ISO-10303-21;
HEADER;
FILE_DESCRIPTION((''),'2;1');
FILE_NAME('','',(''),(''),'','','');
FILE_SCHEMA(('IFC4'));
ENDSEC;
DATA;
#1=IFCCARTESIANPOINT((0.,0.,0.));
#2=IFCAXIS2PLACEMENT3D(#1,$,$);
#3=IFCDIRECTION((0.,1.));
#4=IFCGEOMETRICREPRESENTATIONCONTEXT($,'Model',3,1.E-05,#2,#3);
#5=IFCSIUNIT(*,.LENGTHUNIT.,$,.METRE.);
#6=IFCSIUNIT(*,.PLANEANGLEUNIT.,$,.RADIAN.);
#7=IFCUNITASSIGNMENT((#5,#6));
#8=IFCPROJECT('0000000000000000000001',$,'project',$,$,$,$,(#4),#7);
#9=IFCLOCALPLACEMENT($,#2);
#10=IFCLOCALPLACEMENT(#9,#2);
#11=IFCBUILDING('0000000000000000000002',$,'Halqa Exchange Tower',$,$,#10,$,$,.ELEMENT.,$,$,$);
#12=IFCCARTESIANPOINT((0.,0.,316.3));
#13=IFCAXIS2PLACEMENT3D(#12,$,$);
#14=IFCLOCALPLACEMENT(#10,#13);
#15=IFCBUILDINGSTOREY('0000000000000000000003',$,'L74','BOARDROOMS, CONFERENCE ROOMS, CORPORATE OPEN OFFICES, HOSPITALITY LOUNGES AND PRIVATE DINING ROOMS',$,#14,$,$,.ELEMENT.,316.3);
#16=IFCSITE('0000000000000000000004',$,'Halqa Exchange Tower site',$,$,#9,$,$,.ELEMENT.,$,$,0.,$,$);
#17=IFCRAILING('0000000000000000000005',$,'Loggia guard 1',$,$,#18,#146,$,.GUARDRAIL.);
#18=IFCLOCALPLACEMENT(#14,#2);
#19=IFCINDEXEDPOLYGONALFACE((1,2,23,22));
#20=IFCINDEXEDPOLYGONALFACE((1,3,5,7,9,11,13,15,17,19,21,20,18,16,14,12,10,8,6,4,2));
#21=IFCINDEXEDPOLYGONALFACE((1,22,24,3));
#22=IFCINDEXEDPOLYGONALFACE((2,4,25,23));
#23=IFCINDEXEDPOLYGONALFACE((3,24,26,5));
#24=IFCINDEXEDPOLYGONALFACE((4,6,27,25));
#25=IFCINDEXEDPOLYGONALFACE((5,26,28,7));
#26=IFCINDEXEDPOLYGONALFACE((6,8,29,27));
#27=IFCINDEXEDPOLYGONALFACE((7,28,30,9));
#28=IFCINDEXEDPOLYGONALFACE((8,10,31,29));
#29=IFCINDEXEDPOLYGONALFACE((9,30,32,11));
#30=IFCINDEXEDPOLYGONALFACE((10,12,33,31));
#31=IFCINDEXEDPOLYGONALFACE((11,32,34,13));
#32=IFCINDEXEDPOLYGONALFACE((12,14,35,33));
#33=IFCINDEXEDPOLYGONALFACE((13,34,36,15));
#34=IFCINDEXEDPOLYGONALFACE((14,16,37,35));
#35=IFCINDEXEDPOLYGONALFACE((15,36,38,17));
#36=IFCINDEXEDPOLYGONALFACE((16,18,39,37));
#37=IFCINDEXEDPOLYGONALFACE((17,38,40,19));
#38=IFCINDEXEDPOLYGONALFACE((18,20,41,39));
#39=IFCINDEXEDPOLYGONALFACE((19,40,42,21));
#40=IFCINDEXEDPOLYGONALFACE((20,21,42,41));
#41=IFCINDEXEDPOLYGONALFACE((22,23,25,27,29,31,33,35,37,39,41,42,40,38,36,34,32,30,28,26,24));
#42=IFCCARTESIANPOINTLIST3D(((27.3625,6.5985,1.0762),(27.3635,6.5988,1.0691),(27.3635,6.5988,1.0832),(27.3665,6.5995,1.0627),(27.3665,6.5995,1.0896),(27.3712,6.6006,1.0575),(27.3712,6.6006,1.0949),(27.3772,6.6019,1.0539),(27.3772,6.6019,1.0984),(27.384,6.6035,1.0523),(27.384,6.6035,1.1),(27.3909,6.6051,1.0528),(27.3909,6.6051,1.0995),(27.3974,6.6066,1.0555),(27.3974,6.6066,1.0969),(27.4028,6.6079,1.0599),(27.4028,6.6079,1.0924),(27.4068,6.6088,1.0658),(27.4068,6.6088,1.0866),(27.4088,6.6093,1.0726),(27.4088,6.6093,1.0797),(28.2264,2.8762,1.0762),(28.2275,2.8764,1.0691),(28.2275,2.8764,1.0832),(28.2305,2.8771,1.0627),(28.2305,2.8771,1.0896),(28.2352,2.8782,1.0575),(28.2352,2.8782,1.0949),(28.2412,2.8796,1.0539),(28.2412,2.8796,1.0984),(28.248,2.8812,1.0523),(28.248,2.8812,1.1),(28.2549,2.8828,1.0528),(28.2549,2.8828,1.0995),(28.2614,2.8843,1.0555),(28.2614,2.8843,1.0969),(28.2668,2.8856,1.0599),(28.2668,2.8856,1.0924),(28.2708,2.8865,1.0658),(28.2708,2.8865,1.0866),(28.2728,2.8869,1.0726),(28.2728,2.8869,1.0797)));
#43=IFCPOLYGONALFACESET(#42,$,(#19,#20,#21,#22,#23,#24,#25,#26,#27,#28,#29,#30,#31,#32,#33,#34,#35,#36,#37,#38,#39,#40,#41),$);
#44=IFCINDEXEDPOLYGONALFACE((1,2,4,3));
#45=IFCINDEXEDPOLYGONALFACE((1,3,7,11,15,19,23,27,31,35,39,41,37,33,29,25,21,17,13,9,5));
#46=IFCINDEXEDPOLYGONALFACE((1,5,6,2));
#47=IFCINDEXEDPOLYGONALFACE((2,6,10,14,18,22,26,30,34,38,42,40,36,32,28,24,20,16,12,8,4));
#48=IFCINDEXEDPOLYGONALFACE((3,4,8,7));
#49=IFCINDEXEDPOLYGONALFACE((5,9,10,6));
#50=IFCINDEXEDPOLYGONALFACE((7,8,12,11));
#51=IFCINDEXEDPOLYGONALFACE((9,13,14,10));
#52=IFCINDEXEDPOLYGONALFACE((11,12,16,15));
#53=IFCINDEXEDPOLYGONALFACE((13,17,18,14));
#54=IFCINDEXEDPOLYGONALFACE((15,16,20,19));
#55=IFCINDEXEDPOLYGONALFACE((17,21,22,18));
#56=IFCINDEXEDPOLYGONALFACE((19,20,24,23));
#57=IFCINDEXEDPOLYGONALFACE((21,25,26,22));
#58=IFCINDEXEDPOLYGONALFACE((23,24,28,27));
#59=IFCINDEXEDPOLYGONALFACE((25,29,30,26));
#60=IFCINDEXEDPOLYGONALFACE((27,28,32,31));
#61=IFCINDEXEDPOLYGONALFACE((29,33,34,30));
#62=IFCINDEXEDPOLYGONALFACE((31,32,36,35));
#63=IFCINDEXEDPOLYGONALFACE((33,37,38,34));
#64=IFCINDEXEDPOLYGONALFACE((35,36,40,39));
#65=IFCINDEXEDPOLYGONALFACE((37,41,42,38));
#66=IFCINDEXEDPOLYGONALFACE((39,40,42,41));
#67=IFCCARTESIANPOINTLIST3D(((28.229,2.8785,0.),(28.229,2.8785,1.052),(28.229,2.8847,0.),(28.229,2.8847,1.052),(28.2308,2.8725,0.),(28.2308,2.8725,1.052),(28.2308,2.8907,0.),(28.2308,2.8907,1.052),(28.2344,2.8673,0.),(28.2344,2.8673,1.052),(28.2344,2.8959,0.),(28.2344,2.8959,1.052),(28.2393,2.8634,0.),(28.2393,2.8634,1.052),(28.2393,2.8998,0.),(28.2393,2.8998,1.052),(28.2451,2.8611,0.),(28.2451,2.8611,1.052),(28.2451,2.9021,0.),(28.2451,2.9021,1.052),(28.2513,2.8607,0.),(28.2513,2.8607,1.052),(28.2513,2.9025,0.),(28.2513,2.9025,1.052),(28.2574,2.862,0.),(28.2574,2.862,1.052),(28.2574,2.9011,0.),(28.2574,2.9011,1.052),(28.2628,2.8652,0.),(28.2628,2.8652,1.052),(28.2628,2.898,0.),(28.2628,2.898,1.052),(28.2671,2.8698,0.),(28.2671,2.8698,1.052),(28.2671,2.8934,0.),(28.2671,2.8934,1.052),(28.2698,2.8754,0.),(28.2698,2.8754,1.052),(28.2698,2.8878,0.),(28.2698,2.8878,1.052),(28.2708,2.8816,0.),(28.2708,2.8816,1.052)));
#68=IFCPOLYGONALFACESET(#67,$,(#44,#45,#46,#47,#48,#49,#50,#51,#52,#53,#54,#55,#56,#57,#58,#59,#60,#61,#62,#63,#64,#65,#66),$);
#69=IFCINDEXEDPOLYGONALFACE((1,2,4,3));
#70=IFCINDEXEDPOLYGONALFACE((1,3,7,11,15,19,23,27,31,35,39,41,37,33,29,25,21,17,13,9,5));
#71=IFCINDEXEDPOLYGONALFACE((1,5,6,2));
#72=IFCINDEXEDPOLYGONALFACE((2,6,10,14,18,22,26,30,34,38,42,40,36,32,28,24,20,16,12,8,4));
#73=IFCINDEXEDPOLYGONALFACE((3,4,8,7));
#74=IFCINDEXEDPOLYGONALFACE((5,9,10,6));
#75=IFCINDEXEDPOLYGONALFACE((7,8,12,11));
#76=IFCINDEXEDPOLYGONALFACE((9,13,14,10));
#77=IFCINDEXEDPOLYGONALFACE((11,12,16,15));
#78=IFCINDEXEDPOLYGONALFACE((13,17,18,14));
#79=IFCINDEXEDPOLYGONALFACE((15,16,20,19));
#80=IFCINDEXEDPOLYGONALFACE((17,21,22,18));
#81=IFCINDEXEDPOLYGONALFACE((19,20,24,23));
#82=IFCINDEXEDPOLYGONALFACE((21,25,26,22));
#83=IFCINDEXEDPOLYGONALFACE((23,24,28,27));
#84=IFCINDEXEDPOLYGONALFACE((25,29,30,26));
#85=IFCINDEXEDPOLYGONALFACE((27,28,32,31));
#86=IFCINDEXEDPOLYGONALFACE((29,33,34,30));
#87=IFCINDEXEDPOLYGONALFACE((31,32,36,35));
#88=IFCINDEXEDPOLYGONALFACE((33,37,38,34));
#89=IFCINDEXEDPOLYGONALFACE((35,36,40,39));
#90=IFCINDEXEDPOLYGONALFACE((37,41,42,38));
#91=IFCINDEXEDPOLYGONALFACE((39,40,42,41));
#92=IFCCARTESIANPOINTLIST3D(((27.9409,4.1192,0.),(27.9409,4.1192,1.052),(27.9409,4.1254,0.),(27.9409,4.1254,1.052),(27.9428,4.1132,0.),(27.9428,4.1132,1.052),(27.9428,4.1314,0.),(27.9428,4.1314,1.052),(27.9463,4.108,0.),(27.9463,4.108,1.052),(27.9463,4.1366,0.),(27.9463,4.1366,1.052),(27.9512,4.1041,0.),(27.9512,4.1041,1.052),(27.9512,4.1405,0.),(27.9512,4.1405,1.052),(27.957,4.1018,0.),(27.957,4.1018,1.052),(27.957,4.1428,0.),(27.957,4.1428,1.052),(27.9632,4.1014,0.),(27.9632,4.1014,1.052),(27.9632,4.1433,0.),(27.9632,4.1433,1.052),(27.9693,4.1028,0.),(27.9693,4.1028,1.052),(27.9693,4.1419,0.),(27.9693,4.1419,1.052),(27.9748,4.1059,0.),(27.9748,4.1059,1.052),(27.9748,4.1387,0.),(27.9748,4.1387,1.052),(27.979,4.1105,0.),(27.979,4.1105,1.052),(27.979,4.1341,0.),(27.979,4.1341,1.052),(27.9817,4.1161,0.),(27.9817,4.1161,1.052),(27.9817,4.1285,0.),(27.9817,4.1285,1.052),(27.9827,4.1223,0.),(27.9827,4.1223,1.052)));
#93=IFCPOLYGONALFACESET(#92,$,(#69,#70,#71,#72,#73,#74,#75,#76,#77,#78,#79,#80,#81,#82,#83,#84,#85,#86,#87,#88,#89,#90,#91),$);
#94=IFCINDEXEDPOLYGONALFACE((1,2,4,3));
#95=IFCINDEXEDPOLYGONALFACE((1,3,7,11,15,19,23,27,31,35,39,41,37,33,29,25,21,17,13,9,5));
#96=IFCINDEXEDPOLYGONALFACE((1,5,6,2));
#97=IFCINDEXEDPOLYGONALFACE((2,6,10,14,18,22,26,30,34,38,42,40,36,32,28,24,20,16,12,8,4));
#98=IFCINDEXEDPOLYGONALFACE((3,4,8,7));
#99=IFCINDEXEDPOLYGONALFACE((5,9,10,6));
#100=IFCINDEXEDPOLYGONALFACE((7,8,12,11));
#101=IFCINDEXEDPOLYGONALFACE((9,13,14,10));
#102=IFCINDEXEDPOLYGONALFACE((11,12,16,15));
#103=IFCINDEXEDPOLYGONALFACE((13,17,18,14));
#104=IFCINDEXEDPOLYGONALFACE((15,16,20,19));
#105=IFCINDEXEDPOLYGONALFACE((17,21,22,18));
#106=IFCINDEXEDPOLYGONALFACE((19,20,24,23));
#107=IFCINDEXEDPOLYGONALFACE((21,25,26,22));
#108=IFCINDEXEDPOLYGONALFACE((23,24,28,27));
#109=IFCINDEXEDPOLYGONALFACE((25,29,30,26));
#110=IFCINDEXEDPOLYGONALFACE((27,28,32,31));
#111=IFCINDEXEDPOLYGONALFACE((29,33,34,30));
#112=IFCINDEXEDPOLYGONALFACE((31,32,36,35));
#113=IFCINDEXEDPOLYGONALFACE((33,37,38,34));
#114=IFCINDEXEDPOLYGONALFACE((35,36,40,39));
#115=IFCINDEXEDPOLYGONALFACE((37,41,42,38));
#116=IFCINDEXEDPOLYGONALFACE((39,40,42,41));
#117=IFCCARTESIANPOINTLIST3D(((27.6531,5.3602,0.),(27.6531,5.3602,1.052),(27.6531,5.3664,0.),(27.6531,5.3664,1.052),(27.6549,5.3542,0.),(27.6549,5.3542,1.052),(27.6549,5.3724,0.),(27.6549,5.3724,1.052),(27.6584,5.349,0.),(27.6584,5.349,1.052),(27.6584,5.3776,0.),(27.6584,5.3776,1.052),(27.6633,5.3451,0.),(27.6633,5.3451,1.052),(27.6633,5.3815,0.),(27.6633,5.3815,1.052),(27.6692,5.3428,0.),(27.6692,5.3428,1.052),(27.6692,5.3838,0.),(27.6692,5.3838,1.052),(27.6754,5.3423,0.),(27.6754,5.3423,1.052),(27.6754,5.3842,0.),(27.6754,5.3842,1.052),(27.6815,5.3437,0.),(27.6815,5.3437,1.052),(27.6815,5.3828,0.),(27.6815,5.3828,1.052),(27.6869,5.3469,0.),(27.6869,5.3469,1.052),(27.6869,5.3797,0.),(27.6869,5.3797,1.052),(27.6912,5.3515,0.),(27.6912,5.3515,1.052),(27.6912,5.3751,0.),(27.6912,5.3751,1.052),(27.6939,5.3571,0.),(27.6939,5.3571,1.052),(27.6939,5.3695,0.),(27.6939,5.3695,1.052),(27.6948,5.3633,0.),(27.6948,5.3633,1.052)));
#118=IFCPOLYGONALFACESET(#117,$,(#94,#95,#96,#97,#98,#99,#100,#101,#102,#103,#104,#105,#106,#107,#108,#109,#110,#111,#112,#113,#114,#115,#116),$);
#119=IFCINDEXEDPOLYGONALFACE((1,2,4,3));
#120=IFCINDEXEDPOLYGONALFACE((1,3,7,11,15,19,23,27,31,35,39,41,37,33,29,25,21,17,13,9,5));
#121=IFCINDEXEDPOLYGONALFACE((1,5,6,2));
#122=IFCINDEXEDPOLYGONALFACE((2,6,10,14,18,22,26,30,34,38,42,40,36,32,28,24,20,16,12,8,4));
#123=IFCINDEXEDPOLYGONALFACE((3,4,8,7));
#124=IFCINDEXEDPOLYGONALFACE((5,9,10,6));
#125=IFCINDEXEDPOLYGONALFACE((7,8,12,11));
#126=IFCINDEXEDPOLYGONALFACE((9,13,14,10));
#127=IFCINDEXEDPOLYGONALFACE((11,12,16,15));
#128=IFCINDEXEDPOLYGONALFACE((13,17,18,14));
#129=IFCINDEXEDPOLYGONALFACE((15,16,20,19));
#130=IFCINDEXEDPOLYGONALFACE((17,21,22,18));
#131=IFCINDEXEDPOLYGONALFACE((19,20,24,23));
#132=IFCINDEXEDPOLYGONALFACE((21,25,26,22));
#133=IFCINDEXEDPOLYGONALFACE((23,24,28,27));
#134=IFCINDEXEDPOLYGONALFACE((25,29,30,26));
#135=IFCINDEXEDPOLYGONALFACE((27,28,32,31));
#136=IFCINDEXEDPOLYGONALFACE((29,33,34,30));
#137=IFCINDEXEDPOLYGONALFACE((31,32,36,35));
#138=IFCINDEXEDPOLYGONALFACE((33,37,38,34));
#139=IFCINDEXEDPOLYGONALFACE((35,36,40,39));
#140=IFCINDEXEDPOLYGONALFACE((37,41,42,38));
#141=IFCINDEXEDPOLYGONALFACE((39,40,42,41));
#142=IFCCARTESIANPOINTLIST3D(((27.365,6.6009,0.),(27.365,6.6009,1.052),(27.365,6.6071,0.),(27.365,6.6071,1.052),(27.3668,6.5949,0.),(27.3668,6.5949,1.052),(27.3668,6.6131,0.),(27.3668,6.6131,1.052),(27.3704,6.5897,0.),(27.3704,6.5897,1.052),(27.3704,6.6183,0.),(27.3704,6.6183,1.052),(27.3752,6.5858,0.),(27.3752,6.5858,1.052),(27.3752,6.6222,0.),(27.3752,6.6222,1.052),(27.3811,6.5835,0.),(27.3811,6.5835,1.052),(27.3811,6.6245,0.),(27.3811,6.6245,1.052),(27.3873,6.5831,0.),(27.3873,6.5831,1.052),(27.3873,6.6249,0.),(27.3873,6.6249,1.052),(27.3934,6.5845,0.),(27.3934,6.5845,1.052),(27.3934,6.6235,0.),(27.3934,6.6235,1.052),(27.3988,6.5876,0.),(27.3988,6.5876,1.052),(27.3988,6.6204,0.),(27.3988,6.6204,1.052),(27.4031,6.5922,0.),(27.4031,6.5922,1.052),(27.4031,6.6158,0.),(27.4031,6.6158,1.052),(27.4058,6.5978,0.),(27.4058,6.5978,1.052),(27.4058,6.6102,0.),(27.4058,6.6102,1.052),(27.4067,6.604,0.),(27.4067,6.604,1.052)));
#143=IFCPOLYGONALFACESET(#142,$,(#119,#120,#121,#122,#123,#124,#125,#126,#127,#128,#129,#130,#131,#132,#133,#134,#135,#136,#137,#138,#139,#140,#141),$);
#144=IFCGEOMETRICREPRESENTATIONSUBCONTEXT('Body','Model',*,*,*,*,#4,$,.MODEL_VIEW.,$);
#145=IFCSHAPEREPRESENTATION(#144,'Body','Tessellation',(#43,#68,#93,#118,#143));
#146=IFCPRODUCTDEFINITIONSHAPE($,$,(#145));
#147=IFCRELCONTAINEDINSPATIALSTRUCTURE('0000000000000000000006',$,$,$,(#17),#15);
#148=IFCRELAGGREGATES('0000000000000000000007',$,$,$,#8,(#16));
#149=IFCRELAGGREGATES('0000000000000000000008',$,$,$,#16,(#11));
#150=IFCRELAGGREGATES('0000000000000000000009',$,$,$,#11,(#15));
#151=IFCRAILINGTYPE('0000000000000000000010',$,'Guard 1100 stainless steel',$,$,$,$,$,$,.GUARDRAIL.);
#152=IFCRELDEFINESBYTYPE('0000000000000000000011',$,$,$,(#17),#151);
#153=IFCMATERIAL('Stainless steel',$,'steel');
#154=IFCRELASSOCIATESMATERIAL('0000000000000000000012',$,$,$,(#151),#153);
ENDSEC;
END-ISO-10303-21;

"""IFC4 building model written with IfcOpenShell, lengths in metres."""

from ifc_helpers import new_model, si_unit, direction, frame, origin, origin_2d, place, context, subcontext, project, spatial, circle, extrude, material, type_object, element, save


model = new_model("IFC4")

# Units and contexts
model_context = context("Model", 3, precision=1e-05, world=origin(), true_north=direction((0.0, 1.0)))
body_context = subcontext(model_context, "Body", "Model", "MODEL_VIEW")
ifc_project = project(units=[si_unit("LENGTHUNIT", "METRE"), si_unit("PLANEANGLEUNIT", "RADIAN")], contexts=[model_context])

# Site, building, storey
site_placement = place(None, origin())
site = spatial("IfcSite", under=ifc_project, at=site_placement, Name="Halqa Exchange Tower site", CompositionType="ELEMENT", RefElevation=0.0)
building_placement = place(site_placement, origin())
building = spatial("IfcBuilding", under=site, at=building_placement, Name="Halqa Exchange Tower", CompositionType="ELEMENT")
storey_placement = place(building_placement, frame((0.0, 0.0, 316.3)))
storey = spatial("IfcBuildingStorey", under=building, at=storey_placement, Name="L74", Description="BOARDROOMS, CONFERENCE ROOMS, CORPORATE OPEN OFFICES, HOSPITALITY LOUNGES AND PRIVATE DINING ROOMS", CompositionType="ELEMENT", Elevation=316.3)

# Railing
ifc_material_1 = material(Name="Stainless steel", Category="steel")
railing_type = type_object("IfcRailingType", Name="Guard 1100 stainless steel", PredefinedType="GUARDRAIL", material=ifc_material_1)
railing_1_placement = place(storey_placement, frame((28.2498, 2.8816, 0.0)))
element("IfcRailing", 1, at=railing_1_placement, inside=storey, type_object=railing_type, Name="Loggia guard 1", PredefinedType="GUARDRAIL", context=body_context, shape_type="SweptSolid", body=[
    extrude(circle(Radius=0.0239, at=origin_2d()), frame((0.0, 0.0, 1.0762), z_axis=(-0.2261, 0.974104, 0.0), x_axis=(-0.974104, -0.2261, 0.0)), (0.0, 0.0, 1.0), 3.8213),
    extrude(circle(Radius=0.021, at=origin_2d()), origin(), (0.0, 0.0, 1.0), 1.052),
    extrude(circle(Radius=0.021, at=origin_2d()), frame((-0.2881, 1.2407, 0.0)), (0.0, 0.0, 1.0), 1.052),
    extrude(circle(Radius=0.021, at=origin_2d()), frame((-0.5759, 2.4817, 0.0)), (0.0, 0.0, 1.0), 1.052),
    extrude(circle(Radius=0.021, at=origin_2d()), frame((-0.864, 3.7224, 0.0)), (0.0, 0.0, 1.0), 1.052),
])

save(model, "model.ifc")
